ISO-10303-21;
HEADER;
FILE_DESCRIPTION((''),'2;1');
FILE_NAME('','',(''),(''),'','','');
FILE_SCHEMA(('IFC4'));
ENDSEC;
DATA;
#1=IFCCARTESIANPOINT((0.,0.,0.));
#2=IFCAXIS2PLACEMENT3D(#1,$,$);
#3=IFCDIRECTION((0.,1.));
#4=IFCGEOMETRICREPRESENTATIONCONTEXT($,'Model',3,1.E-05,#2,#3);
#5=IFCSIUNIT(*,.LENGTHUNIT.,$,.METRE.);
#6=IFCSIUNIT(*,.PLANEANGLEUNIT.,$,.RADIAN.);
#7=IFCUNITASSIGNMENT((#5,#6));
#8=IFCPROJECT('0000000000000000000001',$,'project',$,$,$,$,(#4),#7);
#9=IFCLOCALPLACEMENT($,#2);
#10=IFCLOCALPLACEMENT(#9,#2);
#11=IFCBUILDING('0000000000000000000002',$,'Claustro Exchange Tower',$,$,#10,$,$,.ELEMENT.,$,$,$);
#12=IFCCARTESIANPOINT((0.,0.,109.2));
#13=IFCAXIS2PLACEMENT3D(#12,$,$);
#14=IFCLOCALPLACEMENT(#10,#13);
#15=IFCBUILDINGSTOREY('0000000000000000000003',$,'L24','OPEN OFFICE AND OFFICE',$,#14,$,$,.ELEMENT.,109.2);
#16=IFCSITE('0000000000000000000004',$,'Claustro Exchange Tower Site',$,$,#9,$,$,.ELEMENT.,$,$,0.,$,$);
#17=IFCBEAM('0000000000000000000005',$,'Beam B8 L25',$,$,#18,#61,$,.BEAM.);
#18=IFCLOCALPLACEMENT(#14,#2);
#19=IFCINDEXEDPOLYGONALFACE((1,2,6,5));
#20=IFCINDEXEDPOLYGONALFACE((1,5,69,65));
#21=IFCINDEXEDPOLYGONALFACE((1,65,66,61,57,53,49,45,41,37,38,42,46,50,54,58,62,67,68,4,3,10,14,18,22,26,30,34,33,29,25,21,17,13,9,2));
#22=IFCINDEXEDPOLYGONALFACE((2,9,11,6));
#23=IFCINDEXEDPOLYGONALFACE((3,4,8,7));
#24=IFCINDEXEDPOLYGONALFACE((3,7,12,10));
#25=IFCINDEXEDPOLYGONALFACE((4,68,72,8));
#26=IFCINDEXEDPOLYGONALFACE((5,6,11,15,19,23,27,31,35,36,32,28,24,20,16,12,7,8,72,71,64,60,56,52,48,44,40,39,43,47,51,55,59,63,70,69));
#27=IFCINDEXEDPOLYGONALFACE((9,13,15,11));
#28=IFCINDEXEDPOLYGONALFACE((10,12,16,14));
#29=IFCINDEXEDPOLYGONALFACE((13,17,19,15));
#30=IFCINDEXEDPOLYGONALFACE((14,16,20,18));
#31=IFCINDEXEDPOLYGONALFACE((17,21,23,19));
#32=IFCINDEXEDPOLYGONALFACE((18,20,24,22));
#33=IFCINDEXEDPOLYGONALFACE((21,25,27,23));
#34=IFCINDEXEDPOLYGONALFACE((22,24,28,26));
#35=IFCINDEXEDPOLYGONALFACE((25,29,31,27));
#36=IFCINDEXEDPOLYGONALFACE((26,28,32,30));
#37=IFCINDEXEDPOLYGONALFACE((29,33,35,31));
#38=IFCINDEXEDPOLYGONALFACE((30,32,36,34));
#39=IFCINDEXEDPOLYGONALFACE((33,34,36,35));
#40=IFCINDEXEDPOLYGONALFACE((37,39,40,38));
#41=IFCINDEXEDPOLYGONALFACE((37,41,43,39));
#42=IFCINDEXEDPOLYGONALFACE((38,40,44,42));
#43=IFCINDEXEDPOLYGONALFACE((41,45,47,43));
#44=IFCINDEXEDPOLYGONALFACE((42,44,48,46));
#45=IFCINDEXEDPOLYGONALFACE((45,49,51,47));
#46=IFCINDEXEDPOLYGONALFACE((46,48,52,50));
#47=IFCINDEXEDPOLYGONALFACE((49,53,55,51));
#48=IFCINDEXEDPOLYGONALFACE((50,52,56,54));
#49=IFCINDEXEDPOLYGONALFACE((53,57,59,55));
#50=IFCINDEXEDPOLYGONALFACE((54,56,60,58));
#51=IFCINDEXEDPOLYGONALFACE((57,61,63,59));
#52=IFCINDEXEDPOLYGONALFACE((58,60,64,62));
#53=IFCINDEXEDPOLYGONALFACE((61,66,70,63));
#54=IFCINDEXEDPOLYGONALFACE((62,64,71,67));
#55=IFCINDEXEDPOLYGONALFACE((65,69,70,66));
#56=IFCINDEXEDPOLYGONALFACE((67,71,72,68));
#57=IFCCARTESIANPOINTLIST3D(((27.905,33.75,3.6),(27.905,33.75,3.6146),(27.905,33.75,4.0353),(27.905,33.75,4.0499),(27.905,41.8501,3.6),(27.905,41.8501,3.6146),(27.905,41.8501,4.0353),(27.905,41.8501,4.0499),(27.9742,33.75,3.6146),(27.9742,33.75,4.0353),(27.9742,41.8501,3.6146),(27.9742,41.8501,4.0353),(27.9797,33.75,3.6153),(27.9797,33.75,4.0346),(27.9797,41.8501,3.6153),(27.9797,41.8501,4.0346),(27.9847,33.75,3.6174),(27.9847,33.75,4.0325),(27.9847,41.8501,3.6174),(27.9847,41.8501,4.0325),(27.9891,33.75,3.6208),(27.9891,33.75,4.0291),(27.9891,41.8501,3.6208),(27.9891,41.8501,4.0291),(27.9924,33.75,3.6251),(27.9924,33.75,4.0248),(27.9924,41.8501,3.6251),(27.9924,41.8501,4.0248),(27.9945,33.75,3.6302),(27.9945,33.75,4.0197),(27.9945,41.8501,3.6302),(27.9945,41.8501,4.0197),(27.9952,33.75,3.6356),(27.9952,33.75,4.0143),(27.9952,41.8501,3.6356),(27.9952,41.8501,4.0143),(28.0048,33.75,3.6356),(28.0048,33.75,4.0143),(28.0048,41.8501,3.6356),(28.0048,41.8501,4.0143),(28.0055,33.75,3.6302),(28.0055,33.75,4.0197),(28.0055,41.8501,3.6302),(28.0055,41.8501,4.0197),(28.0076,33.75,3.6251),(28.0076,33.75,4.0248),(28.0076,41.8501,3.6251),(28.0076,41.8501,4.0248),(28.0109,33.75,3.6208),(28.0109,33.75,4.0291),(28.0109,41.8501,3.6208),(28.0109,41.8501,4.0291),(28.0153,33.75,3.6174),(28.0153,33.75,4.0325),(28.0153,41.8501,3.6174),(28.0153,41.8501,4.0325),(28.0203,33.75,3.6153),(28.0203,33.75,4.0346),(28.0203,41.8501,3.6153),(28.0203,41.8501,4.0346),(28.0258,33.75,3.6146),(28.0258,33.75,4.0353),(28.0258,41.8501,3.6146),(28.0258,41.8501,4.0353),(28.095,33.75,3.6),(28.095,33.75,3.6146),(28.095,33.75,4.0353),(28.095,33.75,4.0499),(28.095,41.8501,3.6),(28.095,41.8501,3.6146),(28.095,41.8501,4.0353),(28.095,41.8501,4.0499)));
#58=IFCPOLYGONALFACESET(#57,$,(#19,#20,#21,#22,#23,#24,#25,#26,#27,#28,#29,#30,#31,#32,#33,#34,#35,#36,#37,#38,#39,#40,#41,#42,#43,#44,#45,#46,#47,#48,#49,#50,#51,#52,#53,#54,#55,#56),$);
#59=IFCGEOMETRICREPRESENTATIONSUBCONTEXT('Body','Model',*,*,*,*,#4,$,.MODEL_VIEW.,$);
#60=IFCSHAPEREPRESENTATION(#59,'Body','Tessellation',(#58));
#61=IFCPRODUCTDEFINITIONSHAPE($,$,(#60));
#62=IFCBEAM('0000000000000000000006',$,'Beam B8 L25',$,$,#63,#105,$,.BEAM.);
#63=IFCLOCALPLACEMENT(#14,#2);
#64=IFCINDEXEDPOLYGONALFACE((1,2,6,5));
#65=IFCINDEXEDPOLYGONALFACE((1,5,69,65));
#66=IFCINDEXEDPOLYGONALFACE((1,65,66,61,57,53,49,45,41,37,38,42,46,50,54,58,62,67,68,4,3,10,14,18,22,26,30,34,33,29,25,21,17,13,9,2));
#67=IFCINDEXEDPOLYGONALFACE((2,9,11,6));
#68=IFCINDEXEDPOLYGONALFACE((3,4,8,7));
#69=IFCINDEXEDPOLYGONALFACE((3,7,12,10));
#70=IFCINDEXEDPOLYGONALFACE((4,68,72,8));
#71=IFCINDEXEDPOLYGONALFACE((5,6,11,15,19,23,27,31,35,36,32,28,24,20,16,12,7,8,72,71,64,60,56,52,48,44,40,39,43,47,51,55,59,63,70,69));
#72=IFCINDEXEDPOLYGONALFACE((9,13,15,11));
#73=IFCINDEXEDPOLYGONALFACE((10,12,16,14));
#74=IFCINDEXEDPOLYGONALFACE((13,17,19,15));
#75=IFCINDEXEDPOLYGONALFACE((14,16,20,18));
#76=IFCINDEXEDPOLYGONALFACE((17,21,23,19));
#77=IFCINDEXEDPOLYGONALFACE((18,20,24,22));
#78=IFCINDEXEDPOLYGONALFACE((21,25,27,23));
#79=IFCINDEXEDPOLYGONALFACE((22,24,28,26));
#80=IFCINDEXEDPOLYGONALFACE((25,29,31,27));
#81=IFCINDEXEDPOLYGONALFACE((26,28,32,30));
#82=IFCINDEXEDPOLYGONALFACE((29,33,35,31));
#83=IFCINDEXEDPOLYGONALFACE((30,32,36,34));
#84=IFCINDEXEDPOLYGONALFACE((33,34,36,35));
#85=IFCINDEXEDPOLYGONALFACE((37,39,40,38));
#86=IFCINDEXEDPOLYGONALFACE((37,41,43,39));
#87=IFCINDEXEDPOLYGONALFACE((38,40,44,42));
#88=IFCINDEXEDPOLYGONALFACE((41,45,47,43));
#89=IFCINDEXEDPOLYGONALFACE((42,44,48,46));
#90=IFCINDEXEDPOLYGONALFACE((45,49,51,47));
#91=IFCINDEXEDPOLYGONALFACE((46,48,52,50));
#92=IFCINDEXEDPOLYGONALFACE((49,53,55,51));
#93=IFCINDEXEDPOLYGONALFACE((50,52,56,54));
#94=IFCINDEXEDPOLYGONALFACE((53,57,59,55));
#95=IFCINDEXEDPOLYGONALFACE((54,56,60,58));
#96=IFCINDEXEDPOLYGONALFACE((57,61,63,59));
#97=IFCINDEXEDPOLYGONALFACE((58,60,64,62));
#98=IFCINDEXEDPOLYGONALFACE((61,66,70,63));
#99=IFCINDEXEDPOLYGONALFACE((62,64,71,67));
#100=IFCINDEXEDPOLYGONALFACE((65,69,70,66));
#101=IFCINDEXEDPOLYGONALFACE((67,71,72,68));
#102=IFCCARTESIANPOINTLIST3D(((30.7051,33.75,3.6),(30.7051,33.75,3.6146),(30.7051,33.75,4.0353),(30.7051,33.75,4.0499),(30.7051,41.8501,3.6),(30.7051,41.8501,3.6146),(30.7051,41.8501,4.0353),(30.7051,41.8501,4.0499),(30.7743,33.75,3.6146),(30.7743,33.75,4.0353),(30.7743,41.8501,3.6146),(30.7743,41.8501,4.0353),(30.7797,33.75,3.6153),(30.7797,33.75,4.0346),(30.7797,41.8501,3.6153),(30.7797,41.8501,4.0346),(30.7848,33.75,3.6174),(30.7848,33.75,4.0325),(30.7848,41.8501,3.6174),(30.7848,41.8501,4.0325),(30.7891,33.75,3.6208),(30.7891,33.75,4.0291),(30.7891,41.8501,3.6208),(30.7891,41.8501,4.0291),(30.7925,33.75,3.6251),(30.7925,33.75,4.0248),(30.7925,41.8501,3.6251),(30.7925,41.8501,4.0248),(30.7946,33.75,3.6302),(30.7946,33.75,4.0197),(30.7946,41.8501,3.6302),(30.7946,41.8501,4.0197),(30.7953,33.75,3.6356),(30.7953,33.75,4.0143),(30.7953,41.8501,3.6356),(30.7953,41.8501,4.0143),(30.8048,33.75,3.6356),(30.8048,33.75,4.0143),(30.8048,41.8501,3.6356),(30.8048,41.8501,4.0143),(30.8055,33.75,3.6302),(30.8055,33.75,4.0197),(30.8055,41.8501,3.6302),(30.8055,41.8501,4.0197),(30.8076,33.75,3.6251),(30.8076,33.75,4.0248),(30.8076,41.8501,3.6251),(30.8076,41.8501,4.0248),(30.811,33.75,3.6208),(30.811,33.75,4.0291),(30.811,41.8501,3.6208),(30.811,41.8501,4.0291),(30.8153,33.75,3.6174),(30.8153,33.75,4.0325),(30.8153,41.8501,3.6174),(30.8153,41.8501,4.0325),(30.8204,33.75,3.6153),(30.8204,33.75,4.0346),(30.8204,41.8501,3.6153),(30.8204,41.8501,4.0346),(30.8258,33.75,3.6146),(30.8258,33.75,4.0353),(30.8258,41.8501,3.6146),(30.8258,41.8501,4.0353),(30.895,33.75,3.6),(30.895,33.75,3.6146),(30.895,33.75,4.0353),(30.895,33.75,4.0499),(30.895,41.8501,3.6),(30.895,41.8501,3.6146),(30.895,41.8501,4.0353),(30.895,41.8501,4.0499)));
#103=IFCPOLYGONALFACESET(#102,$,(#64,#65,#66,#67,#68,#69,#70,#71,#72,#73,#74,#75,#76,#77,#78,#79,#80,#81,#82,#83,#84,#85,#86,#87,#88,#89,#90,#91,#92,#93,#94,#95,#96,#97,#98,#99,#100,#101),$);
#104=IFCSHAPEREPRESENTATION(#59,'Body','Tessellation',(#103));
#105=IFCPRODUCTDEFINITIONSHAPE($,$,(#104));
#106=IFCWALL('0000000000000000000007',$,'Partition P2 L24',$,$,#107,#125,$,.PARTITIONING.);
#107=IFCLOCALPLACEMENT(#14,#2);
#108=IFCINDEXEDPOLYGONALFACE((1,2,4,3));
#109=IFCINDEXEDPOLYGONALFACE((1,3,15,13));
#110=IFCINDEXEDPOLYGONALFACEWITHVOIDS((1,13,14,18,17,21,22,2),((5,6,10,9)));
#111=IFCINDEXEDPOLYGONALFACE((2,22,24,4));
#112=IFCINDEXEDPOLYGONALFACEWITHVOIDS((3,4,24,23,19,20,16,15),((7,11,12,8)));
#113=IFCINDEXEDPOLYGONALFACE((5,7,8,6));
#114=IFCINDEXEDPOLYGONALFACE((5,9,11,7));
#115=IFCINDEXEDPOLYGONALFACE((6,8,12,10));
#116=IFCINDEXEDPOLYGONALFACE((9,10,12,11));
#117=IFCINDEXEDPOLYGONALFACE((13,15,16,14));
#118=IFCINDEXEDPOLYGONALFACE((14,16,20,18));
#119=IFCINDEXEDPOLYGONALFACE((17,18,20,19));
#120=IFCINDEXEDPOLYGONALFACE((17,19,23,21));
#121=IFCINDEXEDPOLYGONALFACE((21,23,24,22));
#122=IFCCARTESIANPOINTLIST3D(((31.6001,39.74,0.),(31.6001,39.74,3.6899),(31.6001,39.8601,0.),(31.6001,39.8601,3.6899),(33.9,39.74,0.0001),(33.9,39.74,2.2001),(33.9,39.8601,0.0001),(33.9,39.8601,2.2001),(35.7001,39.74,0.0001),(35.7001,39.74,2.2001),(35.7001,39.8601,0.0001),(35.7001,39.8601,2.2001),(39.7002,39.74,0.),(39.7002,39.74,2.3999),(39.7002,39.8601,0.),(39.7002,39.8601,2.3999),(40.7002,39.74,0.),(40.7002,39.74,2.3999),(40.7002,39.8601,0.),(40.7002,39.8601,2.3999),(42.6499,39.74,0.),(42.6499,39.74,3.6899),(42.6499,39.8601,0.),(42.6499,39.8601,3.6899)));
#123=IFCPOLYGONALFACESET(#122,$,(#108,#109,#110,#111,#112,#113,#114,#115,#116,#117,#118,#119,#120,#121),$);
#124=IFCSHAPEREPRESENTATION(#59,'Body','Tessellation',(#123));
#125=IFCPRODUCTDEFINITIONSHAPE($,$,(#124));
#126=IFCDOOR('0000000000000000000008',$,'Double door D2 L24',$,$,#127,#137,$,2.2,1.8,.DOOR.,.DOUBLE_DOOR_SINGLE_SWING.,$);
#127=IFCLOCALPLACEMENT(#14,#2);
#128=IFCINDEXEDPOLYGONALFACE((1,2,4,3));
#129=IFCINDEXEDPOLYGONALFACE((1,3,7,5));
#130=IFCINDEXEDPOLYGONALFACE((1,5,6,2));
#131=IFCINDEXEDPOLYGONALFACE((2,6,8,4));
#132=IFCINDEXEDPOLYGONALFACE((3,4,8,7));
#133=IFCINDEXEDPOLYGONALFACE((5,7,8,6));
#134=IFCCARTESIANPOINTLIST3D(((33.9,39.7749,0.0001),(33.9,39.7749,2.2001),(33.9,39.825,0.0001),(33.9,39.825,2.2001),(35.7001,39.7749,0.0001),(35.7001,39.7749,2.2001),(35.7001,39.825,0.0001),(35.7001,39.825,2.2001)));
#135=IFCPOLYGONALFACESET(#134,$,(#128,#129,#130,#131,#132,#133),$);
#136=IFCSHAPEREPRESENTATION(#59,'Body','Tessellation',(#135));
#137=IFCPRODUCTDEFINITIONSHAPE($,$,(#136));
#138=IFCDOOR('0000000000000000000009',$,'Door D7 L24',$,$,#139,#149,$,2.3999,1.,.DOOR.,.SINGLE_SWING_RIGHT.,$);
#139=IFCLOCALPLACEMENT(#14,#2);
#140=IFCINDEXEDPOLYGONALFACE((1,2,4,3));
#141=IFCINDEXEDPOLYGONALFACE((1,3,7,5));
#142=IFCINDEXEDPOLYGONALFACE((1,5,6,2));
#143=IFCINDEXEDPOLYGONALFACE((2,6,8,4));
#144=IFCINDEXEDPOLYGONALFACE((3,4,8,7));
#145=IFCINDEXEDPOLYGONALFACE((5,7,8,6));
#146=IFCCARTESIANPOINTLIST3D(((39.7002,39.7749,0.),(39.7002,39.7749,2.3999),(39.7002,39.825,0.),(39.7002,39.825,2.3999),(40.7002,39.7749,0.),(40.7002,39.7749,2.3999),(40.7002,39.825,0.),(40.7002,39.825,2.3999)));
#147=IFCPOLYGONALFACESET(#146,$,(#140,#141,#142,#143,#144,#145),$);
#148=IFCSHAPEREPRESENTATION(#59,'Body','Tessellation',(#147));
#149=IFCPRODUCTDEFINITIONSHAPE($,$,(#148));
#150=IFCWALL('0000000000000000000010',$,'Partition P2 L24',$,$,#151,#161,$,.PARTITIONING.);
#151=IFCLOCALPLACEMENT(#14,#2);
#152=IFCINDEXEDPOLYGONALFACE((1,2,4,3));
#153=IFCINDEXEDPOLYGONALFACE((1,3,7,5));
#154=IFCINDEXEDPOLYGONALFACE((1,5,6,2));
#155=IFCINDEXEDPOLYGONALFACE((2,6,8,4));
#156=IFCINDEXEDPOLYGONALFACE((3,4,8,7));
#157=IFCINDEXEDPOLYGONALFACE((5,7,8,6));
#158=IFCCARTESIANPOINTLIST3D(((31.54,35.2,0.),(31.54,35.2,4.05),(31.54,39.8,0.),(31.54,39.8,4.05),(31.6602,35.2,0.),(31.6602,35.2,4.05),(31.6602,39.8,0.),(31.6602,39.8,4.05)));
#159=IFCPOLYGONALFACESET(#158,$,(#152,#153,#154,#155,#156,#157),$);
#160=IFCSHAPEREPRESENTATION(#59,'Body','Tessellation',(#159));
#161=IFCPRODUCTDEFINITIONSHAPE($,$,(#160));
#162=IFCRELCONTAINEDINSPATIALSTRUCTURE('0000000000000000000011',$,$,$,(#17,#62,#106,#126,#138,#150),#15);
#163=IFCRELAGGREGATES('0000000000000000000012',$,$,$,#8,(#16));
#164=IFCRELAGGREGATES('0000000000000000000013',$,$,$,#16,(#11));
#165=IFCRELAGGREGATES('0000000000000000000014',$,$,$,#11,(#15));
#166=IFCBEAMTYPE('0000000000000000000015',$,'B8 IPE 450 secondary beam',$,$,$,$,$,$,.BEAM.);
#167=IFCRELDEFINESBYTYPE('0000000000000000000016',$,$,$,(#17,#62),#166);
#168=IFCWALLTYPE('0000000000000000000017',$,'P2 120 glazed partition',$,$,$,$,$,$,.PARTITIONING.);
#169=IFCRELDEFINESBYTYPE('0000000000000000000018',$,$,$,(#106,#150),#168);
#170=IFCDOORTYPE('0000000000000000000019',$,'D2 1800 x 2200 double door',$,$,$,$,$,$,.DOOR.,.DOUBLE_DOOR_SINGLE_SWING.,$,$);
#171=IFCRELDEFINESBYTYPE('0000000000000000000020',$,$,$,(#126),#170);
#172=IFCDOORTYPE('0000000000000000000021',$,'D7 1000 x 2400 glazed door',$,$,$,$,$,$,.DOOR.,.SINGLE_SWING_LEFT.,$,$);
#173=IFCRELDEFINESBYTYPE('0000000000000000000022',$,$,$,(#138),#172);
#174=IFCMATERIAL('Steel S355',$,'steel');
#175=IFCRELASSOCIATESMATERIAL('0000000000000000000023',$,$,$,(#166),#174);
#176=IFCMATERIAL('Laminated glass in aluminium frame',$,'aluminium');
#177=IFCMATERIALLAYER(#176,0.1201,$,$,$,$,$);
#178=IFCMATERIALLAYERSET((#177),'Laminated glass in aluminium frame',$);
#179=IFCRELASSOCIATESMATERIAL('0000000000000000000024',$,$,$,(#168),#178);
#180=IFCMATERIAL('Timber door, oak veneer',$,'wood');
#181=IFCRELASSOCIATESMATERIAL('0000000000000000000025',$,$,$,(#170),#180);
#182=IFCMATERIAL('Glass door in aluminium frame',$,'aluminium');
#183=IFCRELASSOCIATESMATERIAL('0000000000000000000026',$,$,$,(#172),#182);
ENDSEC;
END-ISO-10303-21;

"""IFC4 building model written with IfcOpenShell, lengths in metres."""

from ifc_helpers import new_model, si_unit, direction, frame, frame_2d, origin, origin_2d, place, context, subcontext, project, spatial, rectangle, i_section, extrude, material, layer, layer_set, material_profile, profile_set, type_object, element, fill, save


model = new_model("IFC4")

# Units and contexts
model_context = context("Model", 3, precision=1e-05, world=origin(), true_north=direction((0.0, 1.0)))
body_context = subcontext(model_context, "Body", "Model", "MODEL_VIEW")
ifc_project = project(units=[si_unit("LENGTHUNIT", "METRE"), si_unit("PLANEANGLEUNIT", "RADIAN")], contexts=[model_context])

# Site, building, storey
site_placement = place(None, origin())
site = spatial("IfcSite", under=ifc_project, at=site_placement, Name="Claustro Exchange Tower Site", CompositionType="ELEMENT", RefElevation=0.0)
building_placement = place(site_placement, origin())
building = spatial("IfcBuilding", under=site, at=building_placement, Name="Claustro Exchange Tower", CompositionType="ELEMENT")
storey_placement = place(building_placement, frame((0.0, 0.0, 109.2)))
storey = spatial("IfcBuildingStorey", under=building, at=storey_placement, Name="L24", Description="OPEN OFFICE AND OFFICE", CompositionType="ELEMENT", Elevation=109.2)

# Beams
ifc_material_1 = material(Name="Steel S355", Category="steel")
ifc_material_profile_1 = material_profile(ifc_material_1, i_section(OverallWidth=0.1899, OverallDepth=0.45, WebThickness=0.0095, FlangeThickness=0.0146, FilletRadius=0.021, at=origin_2d()), Name="IPE 450")
ifc_profile_set_1 = profile_set([ifc_material_profile_1], Name="Steel S355")
beam_type_1 = type_object("IfcBeamType", Name="B8 IPE 450 secondary beam", PredefinedType="BEAM", material=ifc_profile_set_1)
for number, where, z_axis, x_axis, name in (
    (1, (28.0, 33.75, 3.825), (0.0, 1.0, 0.0), (-1.0, 0.0, 0.0), "Beam B8 L25"),
    (2, (30.8, 33.75, 3.825), (0.0, 1.0, 0.0), (-1.0, 0.0, 0.0), "Beam B8 L25"),
):
    element("IfcBeam", number, at=place(storey_placement, frame(where, z_axis=z_axis, x_axis=x_axis)), inside=storey, type_object=beam_type_1, Name=name, PredefinedType="BEAM", context=body_context, shape_type="SweptSolid", body=[
        extrude(i_section(OverallWidth=0.1899, OverallDepth=0.45, WebThickness=0.0095, FlangeThickness=0.0146, FilletRadius=0.021, at=origin_2d()), origin(), (0.0, 0.0, 1.0), 8.1001),
    ])

# Wall, openings, doors
ifc_material_2 = material(Name="Laminated glass in aluminium frame", Category="aluminium")
ifc_layer_1 = layer(ifc_material_2, 0.1201)
ifc_layer_set_1 = layer_set([ifc_layer_1], Name="Laminated glass in aluminium frame")
wall_type_1 = type_object("IfcWallType", Name="P2 120 glazed partition", PredefinedType="PARTITIONING", material=ifc_layer_set_1)
wall_1_placement = place(storey_placement, frame((31.6001, 39.8, 0.0), z_axis=(0.0, 0.0, 1.0), x_axis=(1.0, 0.0, 0.0)))
wall_1 = element("IfcWall", 3, at=wall_1_placement, inside=storey, type_object=wall_type_1, Name="Partition P2 L24", PredefinedType="PARTITIONING", context=body_context, shape_type="SweptSolid", body=[
    extrude(rectangle(XDim=11.0498, YDim=0.1201, at=frame_2d((5.5249, 0.0))), origin(), (0.0, 0.0, 1.0), 3.6899),
])
opening_1_placement = place(wall_1_placement, frame((2.3, 0.0, 0.0)))
opening_1 = element("IfcOpeningElement", 4, at=opening_1_placement, cuts=wall_1, PredefinedType="OPENING", context=body_context, shape_type="SweptSolid", body=[
    extrude(rectangle(XDim=1.8, YDim=2.2, at=frame_2d((0.8999, 1.1001))), frame((0.0, 0.0701, 0.0), z_axis=(0.0, -1.0, 0.0), x_axis=(1.0, 0.0, 0.0)), (0.0, 0.0, 1.0), 0.1401),
])
opening_2_placement = place(wall_1_placement, frame((8.1001, 0.0, 0.0)))
opening_2 = element("IfcOpeningElement", 5, at=opening_2_placement, cuts=wall_1, PredefinedType="OPENING", context=body_context, shape_type="SweptSolid", body=[
    extrude(rectangle(XDim=1.0, YDim=2.3999, at=frame_2d((0.5, 1.2))), frame((0.0, 0.0701, 0.0), z_axis=(0.0, -1.0, 0.0), x_axis=(1.0, 0.0, 0.0)), (0.0, 0.0, 1.0), 0.1401),
])
ifc_material_3 = material(Name="Timber door, oak veneer", Category="wood")
door_type_1 = type_object("IfcDoorType", Name="D2 1800 x 2200 double door", OperationType="DOUBLE_DOOR_SINGLE_SWING", PredefinedType="DOOR", material=ifc_material_3)
door_1_placement = place(opening_1_placement, origin())
door_1 = element("IfcDoor", 6, at=door_1_placement, inside=storey, type_object=door_type_1, Name="Double door D2 L24", OperationType="DOUBLE_DOOR_SINGLE_SWING", OverallHeight=2.2, OverallWidth=1.8, PredefinedType="DOOR", context=body_context, shape_type="SweptSolid", body=[
    extrude(rectangle(XDim=1.8, YDim=2.2, at=frame_2d((0.8999, 1.1001))), frame((0.0, 0.0249, 0.0), z_axis=(0.0, -1.0, 0.0), x_axis=(1.0, 0.0, 0.0)), (0.0, 0.0, 1.0), 0.05),
])
fill(opening_1, door_1)
ifc_material_4 = material(Name="Glass door in aluminium frame", Category="aluminium")
door_type_2 = type_object("IfcDoorType", Name="D7 1000 x 2400 glazed door", OperationType="SINGLE_SWING_LEFT", PredefinedType="DOOR", material=ifc_material_4)
door_2_placement = place(opening_2_placement, origin())
door_2 = element("IfcDoor", 7, at=door_2_placement, inside=storey, type_object=door_type_2, Name="Door D7 L24", OperationType="SINGLE_SWING_RIGHT", OverallHeight=2.3999, OverallWidth=1.0, PredefinedType="DOOR", context=body_context, shape_type="SweptSolid", body=[
    extrude(rectangle(XDim=1.0, YDim=2.3999, at=frame_2d((0.5, 1.2))), frame((0.0, 0.0249, 0.0), z_axis=(0.0, -1.0, 0.0), x_axis=(1.0, 0.0, 0.0)), (0.0, 0.0, 1.0), 0.05),
])
fill(opening_2, door_2)

# Wall
wall_2_placement = place(storey_placement, frame((31.6001, 35.2, 0.0), z_axis=(0.0, 0.0, 1.0), x_axis=(0.0, 1.0, 0.0)))
element("IfcWall", 8, at=wall_2_placement, inside=storey, type_object=wall_type_1, Name="Partition P2 L24", PredefinedType="PARTITIONING", context=body_context, shape_type="SweptSolid", body=[
    extrude(rectangle(XDim=4.6001, YDim=0.1201, at=frame_2d((2.3, 0.0))), origin(), (0.0, 0.0, 1.0), 4.05),
])

save(model, "model.ifc")
